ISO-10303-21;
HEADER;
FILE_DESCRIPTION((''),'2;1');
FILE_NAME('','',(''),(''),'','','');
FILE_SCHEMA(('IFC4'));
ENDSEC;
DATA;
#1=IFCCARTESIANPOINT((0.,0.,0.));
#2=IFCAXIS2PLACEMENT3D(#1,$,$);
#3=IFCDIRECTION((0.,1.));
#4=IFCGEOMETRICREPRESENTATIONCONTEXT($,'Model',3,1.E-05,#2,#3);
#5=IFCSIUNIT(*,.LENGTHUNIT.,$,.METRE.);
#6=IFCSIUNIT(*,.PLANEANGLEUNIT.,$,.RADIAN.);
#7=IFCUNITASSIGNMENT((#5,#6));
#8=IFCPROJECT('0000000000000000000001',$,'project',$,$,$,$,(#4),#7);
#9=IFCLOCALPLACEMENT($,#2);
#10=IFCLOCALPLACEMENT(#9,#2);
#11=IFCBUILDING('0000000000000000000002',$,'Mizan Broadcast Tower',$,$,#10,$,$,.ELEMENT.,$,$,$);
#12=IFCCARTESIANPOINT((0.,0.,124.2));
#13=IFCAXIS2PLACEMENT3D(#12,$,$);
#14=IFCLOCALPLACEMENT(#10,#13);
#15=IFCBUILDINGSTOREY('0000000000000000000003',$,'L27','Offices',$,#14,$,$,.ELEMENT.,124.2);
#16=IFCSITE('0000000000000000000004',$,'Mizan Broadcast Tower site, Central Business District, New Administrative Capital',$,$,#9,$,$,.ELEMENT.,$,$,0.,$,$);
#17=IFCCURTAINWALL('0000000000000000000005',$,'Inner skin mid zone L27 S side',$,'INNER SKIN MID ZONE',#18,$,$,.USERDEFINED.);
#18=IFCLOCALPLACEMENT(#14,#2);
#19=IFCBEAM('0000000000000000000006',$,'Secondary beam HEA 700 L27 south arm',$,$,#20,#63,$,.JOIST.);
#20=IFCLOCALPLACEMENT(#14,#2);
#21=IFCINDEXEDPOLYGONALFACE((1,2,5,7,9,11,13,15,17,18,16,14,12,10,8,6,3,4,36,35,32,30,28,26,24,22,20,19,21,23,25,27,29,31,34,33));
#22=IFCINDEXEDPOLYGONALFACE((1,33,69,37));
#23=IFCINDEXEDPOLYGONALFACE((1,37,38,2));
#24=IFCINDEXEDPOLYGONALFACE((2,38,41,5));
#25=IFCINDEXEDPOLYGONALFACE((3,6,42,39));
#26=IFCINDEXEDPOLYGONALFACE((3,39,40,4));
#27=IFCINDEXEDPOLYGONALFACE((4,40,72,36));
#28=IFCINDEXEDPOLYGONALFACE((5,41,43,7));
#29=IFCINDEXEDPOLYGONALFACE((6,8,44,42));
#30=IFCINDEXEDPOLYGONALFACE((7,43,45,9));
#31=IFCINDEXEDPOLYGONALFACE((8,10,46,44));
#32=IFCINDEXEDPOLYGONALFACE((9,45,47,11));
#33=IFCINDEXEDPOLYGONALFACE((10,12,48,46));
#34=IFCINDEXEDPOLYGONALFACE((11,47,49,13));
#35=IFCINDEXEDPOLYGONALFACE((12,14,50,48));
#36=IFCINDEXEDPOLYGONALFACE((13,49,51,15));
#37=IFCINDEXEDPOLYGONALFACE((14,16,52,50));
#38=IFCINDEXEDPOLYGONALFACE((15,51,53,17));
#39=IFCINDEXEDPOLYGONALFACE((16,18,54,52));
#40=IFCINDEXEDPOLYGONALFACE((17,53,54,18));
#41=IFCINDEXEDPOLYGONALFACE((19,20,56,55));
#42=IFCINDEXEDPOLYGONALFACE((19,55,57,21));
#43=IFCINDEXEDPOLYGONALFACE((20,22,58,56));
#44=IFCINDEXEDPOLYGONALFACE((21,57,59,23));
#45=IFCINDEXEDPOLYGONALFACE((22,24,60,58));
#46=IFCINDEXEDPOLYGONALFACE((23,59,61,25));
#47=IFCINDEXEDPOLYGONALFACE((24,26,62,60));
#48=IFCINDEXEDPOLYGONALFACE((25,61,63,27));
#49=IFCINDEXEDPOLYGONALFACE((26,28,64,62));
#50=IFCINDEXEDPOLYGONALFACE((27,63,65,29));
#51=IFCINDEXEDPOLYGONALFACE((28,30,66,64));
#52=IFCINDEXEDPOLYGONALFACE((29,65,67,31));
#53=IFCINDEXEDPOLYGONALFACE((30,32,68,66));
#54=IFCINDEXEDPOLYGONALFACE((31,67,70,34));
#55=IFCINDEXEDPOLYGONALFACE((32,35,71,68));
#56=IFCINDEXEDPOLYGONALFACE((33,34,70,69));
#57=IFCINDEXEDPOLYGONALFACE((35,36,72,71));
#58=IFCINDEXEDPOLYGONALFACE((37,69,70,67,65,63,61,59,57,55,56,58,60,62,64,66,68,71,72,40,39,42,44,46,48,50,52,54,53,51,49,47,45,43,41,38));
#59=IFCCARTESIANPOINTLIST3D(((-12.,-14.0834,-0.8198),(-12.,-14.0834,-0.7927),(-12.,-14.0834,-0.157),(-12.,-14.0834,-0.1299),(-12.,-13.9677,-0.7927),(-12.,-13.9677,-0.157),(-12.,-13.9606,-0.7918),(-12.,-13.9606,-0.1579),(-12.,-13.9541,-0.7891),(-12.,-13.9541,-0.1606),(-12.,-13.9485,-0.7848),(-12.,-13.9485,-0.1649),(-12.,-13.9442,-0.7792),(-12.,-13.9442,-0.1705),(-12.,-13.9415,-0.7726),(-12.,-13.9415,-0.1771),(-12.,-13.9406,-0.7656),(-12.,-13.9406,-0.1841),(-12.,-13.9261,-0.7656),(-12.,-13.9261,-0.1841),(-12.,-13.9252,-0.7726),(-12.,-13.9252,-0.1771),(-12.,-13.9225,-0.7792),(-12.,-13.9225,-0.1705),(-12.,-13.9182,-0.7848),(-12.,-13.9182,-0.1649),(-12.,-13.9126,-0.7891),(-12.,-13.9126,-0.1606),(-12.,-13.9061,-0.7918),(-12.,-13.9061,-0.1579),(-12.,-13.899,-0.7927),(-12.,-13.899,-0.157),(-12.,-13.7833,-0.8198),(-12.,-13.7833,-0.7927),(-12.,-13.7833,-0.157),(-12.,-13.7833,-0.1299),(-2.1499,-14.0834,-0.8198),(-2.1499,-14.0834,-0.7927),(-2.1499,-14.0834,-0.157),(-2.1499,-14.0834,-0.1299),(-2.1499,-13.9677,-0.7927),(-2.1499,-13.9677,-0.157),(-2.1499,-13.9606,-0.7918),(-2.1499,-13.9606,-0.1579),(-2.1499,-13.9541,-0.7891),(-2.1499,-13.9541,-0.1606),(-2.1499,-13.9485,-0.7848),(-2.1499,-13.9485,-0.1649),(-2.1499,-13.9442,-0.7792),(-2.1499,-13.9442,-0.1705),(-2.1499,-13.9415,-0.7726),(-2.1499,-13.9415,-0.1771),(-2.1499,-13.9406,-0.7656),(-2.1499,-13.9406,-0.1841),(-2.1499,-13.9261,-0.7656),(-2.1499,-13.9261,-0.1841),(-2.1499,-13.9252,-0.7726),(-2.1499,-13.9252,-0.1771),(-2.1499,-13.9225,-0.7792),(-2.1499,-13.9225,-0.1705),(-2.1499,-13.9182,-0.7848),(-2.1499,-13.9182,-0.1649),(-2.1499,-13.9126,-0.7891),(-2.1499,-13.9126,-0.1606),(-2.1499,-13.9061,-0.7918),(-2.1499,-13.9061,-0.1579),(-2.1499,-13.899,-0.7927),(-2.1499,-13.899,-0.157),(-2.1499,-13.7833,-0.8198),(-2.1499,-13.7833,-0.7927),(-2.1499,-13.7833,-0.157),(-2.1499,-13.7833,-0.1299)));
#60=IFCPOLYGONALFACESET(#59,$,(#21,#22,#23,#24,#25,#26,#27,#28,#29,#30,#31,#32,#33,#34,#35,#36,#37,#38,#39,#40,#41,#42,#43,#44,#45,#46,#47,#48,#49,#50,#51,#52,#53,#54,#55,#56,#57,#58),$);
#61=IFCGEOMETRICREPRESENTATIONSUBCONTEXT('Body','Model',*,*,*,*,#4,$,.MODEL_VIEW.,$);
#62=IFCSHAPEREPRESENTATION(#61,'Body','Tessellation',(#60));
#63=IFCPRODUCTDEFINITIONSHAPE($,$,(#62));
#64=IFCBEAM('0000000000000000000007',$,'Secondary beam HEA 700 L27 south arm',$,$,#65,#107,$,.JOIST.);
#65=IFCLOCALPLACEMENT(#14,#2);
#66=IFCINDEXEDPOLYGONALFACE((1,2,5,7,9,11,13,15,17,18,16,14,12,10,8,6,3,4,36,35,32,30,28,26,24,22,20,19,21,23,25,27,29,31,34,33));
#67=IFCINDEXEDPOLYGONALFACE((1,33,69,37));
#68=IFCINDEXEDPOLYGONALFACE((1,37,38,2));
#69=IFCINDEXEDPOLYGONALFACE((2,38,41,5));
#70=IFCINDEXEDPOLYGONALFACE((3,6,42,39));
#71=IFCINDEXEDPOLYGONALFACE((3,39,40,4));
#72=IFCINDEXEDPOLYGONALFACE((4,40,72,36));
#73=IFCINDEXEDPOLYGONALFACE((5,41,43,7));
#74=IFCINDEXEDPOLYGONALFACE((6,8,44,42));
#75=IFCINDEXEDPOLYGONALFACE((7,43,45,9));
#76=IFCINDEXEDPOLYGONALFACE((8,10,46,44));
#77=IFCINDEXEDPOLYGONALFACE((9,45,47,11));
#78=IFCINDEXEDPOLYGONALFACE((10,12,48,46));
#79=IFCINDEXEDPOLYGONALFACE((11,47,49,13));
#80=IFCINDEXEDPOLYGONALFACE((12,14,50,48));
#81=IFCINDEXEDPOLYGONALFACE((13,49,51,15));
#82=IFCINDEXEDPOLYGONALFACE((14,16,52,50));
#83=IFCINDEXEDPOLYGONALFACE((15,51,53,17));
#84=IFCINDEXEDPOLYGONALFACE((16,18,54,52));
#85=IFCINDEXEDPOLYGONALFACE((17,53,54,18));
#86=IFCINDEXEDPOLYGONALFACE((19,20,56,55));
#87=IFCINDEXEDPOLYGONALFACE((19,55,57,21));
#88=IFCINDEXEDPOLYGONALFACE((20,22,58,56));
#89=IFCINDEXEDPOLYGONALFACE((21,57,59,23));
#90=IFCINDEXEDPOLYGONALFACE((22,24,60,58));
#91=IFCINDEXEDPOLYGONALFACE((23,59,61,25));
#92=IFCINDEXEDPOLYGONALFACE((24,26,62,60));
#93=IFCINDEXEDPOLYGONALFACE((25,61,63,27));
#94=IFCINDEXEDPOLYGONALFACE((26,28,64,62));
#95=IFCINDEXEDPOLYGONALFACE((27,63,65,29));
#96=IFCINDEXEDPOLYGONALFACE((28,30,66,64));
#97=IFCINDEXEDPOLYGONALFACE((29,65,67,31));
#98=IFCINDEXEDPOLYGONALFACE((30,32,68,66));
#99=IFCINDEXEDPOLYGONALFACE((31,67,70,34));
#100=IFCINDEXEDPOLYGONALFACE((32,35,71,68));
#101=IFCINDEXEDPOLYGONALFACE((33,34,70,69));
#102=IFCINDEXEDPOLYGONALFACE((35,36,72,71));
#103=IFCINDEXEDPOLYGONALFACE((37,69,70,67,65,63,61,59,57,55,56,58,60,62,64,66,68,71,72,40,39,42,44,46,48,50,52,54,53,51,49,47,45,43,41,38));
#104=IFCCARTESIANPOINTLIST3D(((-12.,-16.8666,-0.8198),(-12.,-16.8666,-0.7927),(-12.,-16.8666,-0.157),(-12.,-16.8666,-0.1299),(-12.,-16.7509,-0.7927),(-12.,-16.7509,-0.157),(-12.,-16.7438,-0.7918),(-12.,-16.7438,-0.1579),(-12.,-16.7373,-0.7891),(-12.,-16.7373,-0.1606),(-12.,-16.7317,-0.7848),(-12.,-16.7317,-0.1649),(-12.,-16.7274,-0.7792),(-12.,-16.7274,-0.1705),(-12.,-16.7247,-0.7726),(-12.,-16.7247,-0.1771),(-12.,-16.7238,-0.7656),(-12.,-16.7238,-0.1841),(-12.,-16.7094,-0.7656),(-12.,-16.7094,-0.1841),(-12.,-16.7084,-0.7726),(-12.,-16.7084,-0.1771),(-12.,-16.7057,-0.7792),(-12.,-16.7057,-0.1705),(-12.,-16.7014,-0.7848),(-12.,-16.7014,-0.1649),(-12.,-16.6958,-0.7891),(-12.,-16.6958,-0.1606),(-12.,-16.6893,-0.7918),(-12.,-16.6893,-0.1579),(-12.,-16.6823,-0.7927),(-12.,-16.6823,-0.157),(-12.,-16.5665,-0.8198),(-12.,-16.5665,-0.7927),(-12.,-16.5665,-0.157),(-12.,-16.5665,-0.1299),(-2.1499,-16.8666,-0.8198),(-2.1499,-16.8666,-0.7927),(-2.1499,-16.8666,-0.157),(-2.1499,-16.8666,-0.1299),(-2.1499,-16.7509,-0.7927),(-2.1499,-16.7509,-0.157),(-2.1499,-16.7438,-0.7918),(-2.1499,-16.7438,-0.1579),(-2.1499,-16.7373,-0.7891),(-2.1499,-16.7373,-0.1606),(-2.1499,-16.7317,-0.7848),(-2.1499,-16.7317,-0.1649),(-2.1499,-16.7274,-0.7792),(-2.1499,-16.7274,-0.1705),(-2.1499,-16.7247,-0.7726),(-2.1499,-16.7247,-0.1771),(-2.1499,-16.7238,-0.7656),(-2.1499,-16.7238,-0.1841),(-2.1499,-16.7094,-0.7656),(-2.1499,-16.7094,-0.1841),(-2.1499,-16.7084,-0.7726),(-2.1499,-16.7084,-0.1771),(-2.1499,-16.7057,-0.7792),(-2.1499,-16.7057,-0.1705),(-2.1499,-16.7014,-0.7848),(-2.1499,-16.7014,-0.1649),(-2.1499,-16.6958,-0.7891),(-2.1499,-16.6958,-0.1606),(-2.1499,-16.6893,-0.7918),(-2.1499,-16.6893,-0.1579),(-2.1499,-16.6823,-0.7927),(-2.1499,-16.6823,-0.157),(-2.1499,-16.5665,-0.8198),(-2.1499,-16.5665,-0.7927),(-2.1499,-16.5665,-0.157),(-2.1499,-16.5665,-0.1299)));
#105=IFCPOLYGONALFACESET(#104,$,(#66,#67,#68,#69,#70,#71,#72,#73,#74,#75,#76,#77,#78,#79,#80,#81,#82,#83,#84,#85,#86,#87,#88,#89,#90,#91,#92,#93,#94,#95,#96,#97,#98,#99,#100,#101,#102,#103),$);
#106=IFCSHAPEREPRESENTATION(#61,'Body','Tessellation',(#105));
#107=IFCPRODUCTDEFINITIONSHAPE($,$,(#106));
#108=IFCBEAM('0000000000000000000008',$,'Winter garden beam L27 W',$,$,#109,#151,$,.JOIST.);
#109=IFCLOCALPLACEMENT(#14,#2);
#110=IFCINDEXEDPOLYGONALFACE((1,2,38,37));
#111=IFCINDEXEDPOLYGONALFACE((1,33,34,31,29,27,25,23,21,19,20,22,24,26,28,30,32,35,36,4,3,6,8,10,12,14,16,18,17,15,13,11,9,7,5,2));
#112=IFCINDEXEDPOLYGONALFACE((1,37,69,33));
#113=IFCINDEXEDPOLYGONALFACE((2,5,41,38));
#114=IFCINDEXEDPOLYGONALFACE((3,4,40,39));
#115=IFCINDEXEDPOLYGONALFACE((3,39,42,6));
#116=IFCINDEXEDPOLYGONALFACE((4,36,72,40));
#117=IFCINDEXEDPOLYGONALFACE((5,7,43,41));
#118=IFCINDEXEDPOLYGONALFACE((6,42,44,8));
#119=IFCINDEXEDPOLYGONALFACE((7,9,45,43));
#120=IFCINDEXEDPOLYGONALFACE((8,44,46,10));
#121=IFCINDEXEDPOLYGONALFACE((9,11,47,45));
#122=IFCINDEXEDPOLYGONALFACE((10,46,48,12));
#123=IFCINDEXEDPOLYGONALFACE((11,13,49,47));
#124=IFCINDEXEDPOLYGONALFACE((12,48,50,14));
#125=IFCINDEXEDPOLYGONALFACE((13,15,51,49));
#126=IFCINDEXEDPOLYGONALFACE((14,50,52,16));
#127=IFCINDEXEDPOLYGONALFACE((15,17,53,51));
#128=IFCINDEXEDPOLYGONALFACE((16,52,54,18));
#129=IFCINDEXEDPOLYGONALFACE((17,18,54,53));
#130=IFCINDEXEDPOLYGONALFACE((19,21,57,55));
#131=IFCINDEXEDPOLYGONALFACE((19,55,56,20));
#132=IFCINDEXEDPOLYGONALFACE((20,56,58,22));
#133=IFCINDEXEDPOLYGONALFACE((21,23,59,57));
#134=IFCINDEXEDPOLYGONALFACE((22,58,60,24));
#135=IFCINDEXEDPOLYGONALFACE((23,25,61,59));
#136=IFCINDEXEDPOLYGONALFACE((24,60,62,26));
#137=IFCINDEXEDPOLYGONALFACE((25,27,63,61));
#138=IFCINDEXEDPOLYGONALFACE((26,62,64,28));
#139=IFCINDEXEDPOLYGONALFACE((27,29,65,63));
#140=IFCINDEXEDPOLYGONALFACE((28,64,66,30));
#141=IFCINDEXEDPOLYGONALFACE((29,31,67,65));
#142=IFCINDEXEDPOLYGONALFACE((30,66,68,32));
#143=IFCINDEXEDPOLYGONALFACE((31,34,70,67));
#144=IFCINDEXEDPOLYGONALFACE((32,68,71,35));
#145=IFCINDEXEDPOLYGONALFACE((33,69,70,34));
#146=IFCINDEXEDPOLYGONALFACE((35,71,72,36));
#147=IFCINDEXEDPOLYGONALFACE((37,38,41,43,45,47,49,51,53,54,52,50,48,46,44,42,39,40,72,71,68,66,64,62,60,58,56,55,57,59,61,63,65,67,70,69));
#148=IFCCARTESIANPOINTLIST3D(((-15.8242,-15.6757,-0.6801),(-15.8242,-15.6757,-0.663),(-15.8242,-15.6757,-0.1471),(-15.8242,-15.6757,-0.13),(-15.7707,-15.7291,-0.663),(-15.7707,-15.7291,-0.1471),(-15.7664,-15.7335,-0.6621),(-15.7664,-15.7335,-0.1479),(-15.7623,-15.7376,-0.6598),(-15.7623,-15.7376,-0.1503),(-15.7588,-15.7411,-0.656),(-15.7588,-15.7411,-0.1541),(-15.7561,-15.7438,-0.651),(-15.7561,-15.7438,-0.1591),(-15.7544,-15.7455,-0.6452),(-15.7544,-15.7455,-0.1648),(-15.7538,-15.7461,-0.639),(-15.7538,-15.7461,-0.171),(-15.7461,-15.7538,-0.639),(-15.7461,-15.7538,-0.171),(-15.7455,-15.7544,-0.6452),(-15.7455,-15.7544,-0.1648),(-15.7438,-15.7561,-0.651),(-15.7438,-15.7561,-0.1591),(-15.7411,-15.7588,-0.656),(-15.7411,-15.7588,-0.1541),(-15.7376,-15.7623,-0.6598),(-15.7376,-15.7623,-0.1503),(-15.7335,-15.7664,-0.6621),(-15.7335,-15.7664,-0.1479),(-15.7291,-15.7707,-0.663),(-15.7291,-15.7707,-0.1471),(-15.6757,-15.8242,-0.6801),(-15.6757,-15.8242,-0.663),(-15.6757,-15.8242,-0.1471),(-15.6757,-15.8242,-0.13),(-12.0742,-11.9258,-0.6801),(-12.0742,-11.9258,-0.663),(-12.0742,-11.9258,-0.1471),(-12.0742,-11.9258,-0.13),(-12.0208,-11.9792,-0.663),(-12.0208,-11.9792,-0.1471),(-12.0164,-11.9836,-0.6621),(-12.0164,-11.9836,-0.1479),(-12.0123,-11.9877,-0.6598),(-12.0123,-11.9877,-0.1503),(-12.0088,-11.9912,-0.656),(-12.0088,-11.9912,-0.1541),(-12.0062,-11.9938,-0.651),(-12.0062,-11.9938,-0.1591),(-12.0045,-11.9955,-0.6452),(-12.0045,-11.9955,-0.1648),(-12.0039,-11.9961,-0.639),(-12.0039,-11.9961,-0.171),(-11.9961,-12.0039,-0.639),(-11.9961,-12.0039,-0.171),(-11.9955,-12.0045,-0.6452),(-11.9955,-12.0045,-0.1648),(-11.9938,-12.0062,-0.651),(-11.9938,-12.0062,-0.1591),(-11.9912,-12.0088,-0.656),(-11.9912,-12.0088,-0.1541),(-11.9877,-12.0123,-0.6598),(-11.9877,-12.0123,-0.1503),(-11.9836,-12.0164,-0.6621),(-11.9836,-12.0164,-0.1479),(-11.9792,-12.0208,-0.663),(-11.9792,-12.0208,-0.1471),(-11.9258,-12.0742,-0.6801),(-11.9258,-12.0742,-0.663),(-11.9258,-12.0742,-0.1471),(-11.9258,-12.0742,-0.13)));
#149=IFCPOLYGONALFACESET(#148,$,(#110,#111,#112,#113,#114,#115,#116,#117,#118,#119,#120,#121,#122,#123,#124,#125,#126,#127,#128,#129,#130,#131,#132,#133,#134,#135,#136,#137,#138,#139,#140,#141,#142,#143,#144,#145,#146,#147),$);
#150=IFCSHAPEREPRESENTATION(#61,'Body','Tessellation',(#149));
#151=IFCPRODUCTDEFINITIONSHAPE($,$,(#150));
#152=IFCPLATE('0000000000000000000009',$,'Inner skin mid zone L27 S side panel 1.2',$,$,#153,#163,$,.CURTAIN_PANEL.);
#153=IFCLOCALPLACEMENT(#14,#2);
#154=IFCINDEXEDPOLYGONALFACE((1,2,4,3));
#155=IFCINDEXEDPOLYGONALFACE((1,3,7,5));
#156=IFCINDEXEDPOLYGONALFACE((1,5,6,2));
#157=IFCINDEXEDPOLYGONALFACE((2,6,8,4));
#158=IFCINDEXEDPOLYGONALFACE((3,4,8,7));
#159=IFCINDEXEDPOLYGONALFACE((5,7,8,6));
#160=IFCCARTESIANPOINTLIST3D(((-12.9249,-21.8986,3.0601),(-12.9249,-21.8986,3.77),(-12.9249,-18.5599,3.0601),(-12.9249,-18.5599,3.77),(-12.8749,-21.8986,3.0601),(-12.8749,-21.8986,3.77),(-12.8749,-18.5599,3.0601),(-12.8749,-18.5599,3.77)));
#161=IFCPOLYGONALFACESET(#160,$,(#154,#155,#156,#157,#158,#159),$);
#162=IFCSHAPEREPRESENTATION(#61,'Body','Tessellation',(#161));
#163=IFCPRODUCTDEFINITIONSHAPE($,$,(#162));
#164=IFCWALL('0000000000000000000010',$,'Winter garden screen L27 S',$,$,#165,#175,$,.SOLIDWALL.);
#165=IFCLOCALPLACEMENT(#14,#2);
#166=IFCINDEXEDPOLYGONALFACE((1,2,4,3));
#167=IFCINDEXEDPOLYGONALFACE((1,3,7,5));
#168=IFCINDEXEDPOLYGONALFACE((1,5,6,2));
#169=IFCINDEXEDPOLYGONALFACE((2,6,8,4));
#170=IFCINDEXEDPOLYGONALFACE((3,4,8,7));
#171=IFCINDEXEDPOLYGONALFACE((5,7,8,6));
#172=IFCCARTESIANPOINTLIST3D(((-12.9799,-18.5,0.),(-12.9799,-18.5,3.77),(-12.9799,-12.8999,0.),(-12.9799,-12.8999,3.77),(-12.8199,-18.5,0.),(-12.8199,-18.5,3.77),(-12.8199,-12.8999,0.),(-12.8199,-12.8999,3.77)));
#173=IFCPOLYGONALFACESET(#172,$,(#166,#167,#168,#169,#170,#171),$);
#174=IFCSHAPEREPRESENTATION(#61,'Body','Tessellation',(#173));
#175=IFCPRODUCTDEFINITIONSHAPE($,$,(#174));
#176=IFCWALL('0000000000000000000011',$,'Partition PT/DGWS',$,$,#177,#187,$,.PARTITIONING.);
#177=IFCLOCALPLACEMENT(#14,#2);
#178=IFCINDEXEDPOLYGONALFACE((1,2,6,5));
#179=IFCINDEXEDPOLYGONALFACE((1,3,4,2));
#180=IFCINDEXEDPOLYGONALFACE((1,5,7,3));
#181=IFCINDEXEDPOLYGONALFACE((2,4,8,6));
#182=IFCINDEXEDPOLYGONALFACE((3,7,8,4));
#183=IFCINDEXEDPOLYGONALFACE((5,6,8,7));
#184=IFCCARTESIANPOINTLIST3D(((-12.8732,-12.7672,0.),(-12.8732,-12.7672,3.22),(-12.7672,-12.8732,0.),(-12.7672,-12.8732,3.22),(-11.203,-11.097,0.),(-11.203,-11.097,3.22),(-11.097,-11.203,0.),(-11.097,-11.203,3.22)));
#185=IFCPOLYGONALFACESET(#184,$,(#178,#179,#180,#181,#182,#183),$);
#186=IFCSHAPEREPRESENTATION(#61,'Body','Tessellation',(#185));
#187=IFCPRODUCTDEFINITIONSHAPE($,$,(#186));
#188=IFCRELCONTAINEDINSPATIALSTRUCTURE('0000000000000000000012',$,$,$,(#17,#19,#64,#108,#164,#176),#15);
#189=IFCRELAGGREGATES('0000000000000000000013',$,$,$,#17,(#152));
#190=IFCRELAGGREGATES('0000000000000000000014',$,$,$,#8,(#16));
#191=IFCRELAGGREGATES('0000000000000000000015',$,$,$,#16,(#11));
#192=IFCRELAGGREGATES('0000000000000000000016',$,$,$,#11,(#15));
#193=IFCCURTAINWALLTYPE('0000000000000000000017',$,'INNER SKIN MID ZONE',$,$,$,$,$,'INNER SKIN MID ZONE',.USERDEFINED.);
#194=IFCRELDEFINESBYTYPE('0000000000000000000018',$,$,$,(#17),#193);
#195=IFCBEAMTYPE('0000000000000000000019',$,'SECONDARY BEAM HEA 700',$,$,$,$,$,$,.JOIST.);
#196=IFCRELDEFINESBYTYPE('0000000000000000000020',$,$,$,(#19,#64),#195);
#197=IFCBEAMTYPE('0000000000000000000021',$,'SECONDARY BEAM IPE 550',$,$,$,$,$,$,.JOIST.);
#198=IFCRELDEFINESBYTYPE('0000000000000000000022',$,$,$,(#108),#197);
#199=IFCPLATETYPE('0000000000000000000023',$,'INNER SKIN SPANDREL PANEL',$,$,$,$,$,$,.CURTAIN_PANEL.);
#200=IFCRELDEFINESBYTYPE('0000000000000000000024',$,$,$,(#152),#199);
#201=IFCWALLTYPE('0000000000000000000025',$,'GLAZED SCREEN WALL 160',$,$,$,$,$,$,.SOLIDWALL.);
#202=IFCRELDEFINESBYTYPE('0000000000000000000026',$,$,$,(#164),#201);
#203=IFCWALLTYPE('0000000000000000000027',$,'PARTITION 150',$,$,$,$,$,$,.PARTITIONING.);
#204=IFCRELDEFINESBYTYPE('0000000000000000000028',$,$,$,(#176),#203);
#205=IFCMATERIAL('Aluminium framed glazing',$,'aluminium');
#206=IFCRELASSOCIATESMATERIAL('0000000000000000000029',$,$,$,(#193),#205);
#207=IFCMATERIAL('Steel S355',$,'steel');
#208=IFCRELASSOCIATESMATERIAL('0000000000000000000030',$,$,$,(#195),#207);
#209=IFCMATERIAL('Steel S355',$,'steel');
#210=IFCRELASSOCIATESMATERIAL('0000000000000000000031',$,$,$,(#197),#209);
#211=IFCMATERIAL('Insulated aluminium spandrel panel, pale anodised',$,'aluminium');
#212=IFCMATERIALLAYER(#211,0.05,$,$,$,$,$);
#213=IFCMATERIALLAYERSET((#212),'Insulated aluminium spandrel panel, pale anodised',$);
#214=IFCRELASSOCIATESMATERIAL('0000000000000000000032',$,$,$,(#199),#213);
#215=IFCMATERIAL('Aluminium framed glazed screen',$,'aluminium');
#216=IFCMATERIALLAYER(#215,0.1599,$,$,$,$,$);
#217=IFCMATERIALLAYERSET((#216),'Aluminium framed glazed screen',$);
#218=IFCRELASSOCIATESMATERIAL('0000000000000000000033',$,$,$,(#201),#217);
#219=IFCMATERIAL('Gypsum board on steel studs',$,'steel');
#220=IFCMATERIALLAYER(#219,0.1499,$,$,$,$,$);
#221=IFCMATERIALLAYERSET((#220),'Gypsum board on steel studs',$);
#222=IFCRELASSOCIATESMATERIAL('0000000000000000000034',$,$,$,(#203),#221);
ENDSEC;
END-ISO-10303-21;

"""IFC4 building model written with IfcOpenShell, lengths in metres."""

from ifc_helpers import new_model, si_unit, direction, frame, frame_2d, origin, origin_2d, place, context, subcontext, project, spatial, rectangle, i_section, extrude, material, layer, layer_set, material_profile, profile_set, type_object, element, aggregate, save


model = new_model("IFC4")

# Units and contexts
model_context = context("Model", 3, precision=1e-05, world=origin(), true_north=direction((0.0, 1.0)))
body_context = subcontext(model_context, "Body", "Model", "MODEL_VIEW")
ifc_project = project(units=[si_unit("LENGTHUNIT", "METRE"), si_unit("PLANEANGLEUNIT", "RADIAN")], contexts=[model_context])

# Site, building, storey
site_placement = place(None, origin())
site = spatial("IfcSite", under=ifc_project, at=site_placement, Name="Mizan Broadcast Tower site, Central Business District, New Administrative Capital", CompositionType="ELEMENT", RefElevation=0.0)
building_placement = place(site_placement, origin())
building = spatial("IfcBuilding", under=site, at=building_placement, Name="Mizan Broadcast Tower", CompositionType="ELEMENT")
storey_placement = place(building_placement, frame((0.0, 0.0, 124.2)))
storey = spatial("IfcBuildingStorey", under=building, at=storey_placement, Name="L27", Description="Offices", CompositionType="ELEMENT", Elevation=124.2)

# Curtain wall
ifc_material_1 = material(Name="Aluminium framed glazing", Category="aluminium")
curtain_wall_type = type_object("IfcCurtainWallType", Name="INNER SKIN MID ZONE", ElementType="INNER SKIN MID ZONE", PredefinedType="USERDEFINED", material=ifc_material_1)
curtain_wall_placement = place(storey_placement, origin())
curtain_wall = element("IfcCurtainWall", 1, at=curtain_wall_placement, inside=storey, type_object=curtain_wall_type, Name="Inner skin mid zone L27 S side", ObjectType="INNER SKIN MID ZONE", PredefinedType="USERDEFINED")

# Beams
ifc_material_2 = material(Name="Steel S355", Category="steel")
ifc_material_profile_1 = material_profile(ifc_material_2, i_section(OverallWidth=0.3, OverallDepth=0.6899, WebThickness=0.0144, FlangeThickness=0.0271, FilletRadius=0.0271, at=origin_2d()), Name="HEA 700")
ifc_profile_set_1 = profile_set([ifc_material_profile_1], Name="Steel S355")
beam_type_1 = type_object("IfcBeamType", Name="SECONDARY BEAM HEA 700", PredefinedType="JOIST", material=ifc_profile_set_1)
for number, where, z_axis, x_axis, name in (
    (2, (-12.0, -13.9333, -0.4749), (1.0, 0.0, 0.0), (0.0, 1.0, 0.0), "Secondary beam HEA 700 L27 south arm"),
    (3, (-12.0, -16.7166, -0.4749), (1.0, 0.0, 0.0), (0.0, 1.0, 0.0), "Secondary beam HEA 700 L27 south arm"),
):
    element("IfcBeam", number, at=place(storey_placement, frame(where, z_axis=z_axis, x_axis=x_axis)), inside=storey, type_object=beam_type_1, Name=name, PredefinedType="JOIST", context=body_context, shape_type="SweptSolid", body=[
        extrude(i_section(OverallWidth=0.3, OverallDepth=0.6899, WebThickness=0.0144, FlangeThickness=0.0271, FilletRadius=0.0271, at=origin_2d()), origin(), (0.0, 0.0, 1.0), 9.8501),
    ])
ifc_material_3 = material(Name="Steel S355", Category="steel")
ifc_material_profile_2 = material_profile(ifc_material_3, i_section(OverallWidth=0.21, OverallDepth=0.55, WebThickness=0.011, FlangeThickness=0.0171, FilletRadius=0.0239, at=origin_2d()), Name="IPE 550")
ifc_profile_set_2 = profile_set([ifc_material_profile_2], Name="Steel S355")
beam_type_2 = type_object("IfcBeamType", Name="SECONDARY BEAM IPE 550", PredefinedType="JOIST", material=ifc_profile_set_2)
beam_1_placement = place(storey_placement, frame((-12.0, -12.0, -0.405), z_axis=(-0.707107, -0.707107, 0.0), x_axis=(0.707107, -0.707107, 0.0)))
element("IfcBeam", 4, at=beam_1_placement, inside=storey, type_object=beam_type_2, Name="Winter garden beam L27 W", PredefinedType="JOIST", context=body_context, shape_type="SweptSolid", body=[
    extrude(i_section(OverallWidth=0.21, OverallDepth=0.55, WebThickness=0.011, FlangeThickness=0.0171, FilletRadius=0.0239, at=origin_2d()), origin(), (0.0, 0.0, 1.0), 5.3032),
])

# Plate
ifc_material_4 = material(Name="Insulated aluminium spandrel panel, pale anodised", Category="aluminium")
ifc_layer_1 = layer(ifc_material_4, 0.05)
ifc_layer_set_1 = layer_set([ifc_layer_1], Name="Insulated aluminium spandrel panel, pale anodised")
plate_type = type_object("IfcPlateType", Name="INNER SKIN SPANDREL PANEL", PredefinedType="CURTAIN_PANEL", material=ifc_layer_set_1)
plate_placement = place(storey_placement, frame((-12.8999, -20.2292, 3.0601), z_axis=(0.0, 0.0, 1.0), x_axis=(0.0, -1.0, 0.0)))
plate = element("IfcPlate", 5, at=plate_placement, type_object=plate_type, Name="Inner skin mid zone L27 S side panel 1.2", PredefinedType="CURTAIN_PANEL", context=body_context, shape_type="SweptSolid", body=[
    extrude(rectangle(XDim=3.3386, YDim=0.05, at=origin_2d()), origin(), (0.0, 0.0, 1.0), 0.71),
])
aggregate(curtain_wall, [plate])

# Walls
ifc_material_5 = material(Name="Aluminium framed glazed screen", Category="aluminium")
ifc_layer_2 = layer(ifc_material_5, 0.1599)
ifc_layer_set_2 = layer_set([ifc_layer_2], Name="Aluminium framed glazed screen")
wall_type_1 = type_object("IfcWallType", Name="GLAZED SCREEN WALL 160", PredefinedType="SOLIDWALL", material=ifc_layer_set_2)
wall_1_placement = place(storey_placement, frame((-12.8999, -12.8999, 0.0), z_axis=(0.0, 0.0, 1.0), x_axis=(0.0, -1.0, 0.0)))
element("IfcWall", 6, at=wall_1_placement, inside=storey, type_object=wall_type_1, Name="Winter garden screen L27 S", PredefinedType="SOLIDWALL", context=body_context, shape_type="SweptSolid", body=[
    extrude(rectangle(XDim=5.6001, YDim=0.1599, at=frame_2d((2.8, 0.0))), origin(), (0.0, 0.0, 1.0), 3.77),
])
ifc_material_6 = material(Name="Gypsum board on steel studs", Category="steel")
ifc_layer_3 = layer(ifc_material_6, 0.1499)
ifc_layer_set_3 = layer_set([ifc_layer_3], Name="Gypsum board on steel studs")
wall_type_2 = type_object("IfcWallType", Name="PARTITION 150", PredefinedType="PARTITIONING", material=ifc_layer_set_3)
wall_2_placement = place(storey_placement, frame((-11.1499, -11.1499, 0.0), z_axis=(0.0, 0.0, 1.0), x_axis=(-0.707107, -0.707107, 0.0)))
element("IfcWall", 7, at=wall_2_placement, inside=storey, type_object=wall_type_2, Name="Partition PT/DGWS", PredefinedType="PARTITIONING", context=body_context, shape_type="SweptSolid", body=[
    extrude(rectangle(XDim=2.3621, YDim=0.1499, at=frame_2d((1.1812, 0.0))), origin(), (0.0, 0.0, 1.0), 3.22),
])

save(model, "model.ifc")
